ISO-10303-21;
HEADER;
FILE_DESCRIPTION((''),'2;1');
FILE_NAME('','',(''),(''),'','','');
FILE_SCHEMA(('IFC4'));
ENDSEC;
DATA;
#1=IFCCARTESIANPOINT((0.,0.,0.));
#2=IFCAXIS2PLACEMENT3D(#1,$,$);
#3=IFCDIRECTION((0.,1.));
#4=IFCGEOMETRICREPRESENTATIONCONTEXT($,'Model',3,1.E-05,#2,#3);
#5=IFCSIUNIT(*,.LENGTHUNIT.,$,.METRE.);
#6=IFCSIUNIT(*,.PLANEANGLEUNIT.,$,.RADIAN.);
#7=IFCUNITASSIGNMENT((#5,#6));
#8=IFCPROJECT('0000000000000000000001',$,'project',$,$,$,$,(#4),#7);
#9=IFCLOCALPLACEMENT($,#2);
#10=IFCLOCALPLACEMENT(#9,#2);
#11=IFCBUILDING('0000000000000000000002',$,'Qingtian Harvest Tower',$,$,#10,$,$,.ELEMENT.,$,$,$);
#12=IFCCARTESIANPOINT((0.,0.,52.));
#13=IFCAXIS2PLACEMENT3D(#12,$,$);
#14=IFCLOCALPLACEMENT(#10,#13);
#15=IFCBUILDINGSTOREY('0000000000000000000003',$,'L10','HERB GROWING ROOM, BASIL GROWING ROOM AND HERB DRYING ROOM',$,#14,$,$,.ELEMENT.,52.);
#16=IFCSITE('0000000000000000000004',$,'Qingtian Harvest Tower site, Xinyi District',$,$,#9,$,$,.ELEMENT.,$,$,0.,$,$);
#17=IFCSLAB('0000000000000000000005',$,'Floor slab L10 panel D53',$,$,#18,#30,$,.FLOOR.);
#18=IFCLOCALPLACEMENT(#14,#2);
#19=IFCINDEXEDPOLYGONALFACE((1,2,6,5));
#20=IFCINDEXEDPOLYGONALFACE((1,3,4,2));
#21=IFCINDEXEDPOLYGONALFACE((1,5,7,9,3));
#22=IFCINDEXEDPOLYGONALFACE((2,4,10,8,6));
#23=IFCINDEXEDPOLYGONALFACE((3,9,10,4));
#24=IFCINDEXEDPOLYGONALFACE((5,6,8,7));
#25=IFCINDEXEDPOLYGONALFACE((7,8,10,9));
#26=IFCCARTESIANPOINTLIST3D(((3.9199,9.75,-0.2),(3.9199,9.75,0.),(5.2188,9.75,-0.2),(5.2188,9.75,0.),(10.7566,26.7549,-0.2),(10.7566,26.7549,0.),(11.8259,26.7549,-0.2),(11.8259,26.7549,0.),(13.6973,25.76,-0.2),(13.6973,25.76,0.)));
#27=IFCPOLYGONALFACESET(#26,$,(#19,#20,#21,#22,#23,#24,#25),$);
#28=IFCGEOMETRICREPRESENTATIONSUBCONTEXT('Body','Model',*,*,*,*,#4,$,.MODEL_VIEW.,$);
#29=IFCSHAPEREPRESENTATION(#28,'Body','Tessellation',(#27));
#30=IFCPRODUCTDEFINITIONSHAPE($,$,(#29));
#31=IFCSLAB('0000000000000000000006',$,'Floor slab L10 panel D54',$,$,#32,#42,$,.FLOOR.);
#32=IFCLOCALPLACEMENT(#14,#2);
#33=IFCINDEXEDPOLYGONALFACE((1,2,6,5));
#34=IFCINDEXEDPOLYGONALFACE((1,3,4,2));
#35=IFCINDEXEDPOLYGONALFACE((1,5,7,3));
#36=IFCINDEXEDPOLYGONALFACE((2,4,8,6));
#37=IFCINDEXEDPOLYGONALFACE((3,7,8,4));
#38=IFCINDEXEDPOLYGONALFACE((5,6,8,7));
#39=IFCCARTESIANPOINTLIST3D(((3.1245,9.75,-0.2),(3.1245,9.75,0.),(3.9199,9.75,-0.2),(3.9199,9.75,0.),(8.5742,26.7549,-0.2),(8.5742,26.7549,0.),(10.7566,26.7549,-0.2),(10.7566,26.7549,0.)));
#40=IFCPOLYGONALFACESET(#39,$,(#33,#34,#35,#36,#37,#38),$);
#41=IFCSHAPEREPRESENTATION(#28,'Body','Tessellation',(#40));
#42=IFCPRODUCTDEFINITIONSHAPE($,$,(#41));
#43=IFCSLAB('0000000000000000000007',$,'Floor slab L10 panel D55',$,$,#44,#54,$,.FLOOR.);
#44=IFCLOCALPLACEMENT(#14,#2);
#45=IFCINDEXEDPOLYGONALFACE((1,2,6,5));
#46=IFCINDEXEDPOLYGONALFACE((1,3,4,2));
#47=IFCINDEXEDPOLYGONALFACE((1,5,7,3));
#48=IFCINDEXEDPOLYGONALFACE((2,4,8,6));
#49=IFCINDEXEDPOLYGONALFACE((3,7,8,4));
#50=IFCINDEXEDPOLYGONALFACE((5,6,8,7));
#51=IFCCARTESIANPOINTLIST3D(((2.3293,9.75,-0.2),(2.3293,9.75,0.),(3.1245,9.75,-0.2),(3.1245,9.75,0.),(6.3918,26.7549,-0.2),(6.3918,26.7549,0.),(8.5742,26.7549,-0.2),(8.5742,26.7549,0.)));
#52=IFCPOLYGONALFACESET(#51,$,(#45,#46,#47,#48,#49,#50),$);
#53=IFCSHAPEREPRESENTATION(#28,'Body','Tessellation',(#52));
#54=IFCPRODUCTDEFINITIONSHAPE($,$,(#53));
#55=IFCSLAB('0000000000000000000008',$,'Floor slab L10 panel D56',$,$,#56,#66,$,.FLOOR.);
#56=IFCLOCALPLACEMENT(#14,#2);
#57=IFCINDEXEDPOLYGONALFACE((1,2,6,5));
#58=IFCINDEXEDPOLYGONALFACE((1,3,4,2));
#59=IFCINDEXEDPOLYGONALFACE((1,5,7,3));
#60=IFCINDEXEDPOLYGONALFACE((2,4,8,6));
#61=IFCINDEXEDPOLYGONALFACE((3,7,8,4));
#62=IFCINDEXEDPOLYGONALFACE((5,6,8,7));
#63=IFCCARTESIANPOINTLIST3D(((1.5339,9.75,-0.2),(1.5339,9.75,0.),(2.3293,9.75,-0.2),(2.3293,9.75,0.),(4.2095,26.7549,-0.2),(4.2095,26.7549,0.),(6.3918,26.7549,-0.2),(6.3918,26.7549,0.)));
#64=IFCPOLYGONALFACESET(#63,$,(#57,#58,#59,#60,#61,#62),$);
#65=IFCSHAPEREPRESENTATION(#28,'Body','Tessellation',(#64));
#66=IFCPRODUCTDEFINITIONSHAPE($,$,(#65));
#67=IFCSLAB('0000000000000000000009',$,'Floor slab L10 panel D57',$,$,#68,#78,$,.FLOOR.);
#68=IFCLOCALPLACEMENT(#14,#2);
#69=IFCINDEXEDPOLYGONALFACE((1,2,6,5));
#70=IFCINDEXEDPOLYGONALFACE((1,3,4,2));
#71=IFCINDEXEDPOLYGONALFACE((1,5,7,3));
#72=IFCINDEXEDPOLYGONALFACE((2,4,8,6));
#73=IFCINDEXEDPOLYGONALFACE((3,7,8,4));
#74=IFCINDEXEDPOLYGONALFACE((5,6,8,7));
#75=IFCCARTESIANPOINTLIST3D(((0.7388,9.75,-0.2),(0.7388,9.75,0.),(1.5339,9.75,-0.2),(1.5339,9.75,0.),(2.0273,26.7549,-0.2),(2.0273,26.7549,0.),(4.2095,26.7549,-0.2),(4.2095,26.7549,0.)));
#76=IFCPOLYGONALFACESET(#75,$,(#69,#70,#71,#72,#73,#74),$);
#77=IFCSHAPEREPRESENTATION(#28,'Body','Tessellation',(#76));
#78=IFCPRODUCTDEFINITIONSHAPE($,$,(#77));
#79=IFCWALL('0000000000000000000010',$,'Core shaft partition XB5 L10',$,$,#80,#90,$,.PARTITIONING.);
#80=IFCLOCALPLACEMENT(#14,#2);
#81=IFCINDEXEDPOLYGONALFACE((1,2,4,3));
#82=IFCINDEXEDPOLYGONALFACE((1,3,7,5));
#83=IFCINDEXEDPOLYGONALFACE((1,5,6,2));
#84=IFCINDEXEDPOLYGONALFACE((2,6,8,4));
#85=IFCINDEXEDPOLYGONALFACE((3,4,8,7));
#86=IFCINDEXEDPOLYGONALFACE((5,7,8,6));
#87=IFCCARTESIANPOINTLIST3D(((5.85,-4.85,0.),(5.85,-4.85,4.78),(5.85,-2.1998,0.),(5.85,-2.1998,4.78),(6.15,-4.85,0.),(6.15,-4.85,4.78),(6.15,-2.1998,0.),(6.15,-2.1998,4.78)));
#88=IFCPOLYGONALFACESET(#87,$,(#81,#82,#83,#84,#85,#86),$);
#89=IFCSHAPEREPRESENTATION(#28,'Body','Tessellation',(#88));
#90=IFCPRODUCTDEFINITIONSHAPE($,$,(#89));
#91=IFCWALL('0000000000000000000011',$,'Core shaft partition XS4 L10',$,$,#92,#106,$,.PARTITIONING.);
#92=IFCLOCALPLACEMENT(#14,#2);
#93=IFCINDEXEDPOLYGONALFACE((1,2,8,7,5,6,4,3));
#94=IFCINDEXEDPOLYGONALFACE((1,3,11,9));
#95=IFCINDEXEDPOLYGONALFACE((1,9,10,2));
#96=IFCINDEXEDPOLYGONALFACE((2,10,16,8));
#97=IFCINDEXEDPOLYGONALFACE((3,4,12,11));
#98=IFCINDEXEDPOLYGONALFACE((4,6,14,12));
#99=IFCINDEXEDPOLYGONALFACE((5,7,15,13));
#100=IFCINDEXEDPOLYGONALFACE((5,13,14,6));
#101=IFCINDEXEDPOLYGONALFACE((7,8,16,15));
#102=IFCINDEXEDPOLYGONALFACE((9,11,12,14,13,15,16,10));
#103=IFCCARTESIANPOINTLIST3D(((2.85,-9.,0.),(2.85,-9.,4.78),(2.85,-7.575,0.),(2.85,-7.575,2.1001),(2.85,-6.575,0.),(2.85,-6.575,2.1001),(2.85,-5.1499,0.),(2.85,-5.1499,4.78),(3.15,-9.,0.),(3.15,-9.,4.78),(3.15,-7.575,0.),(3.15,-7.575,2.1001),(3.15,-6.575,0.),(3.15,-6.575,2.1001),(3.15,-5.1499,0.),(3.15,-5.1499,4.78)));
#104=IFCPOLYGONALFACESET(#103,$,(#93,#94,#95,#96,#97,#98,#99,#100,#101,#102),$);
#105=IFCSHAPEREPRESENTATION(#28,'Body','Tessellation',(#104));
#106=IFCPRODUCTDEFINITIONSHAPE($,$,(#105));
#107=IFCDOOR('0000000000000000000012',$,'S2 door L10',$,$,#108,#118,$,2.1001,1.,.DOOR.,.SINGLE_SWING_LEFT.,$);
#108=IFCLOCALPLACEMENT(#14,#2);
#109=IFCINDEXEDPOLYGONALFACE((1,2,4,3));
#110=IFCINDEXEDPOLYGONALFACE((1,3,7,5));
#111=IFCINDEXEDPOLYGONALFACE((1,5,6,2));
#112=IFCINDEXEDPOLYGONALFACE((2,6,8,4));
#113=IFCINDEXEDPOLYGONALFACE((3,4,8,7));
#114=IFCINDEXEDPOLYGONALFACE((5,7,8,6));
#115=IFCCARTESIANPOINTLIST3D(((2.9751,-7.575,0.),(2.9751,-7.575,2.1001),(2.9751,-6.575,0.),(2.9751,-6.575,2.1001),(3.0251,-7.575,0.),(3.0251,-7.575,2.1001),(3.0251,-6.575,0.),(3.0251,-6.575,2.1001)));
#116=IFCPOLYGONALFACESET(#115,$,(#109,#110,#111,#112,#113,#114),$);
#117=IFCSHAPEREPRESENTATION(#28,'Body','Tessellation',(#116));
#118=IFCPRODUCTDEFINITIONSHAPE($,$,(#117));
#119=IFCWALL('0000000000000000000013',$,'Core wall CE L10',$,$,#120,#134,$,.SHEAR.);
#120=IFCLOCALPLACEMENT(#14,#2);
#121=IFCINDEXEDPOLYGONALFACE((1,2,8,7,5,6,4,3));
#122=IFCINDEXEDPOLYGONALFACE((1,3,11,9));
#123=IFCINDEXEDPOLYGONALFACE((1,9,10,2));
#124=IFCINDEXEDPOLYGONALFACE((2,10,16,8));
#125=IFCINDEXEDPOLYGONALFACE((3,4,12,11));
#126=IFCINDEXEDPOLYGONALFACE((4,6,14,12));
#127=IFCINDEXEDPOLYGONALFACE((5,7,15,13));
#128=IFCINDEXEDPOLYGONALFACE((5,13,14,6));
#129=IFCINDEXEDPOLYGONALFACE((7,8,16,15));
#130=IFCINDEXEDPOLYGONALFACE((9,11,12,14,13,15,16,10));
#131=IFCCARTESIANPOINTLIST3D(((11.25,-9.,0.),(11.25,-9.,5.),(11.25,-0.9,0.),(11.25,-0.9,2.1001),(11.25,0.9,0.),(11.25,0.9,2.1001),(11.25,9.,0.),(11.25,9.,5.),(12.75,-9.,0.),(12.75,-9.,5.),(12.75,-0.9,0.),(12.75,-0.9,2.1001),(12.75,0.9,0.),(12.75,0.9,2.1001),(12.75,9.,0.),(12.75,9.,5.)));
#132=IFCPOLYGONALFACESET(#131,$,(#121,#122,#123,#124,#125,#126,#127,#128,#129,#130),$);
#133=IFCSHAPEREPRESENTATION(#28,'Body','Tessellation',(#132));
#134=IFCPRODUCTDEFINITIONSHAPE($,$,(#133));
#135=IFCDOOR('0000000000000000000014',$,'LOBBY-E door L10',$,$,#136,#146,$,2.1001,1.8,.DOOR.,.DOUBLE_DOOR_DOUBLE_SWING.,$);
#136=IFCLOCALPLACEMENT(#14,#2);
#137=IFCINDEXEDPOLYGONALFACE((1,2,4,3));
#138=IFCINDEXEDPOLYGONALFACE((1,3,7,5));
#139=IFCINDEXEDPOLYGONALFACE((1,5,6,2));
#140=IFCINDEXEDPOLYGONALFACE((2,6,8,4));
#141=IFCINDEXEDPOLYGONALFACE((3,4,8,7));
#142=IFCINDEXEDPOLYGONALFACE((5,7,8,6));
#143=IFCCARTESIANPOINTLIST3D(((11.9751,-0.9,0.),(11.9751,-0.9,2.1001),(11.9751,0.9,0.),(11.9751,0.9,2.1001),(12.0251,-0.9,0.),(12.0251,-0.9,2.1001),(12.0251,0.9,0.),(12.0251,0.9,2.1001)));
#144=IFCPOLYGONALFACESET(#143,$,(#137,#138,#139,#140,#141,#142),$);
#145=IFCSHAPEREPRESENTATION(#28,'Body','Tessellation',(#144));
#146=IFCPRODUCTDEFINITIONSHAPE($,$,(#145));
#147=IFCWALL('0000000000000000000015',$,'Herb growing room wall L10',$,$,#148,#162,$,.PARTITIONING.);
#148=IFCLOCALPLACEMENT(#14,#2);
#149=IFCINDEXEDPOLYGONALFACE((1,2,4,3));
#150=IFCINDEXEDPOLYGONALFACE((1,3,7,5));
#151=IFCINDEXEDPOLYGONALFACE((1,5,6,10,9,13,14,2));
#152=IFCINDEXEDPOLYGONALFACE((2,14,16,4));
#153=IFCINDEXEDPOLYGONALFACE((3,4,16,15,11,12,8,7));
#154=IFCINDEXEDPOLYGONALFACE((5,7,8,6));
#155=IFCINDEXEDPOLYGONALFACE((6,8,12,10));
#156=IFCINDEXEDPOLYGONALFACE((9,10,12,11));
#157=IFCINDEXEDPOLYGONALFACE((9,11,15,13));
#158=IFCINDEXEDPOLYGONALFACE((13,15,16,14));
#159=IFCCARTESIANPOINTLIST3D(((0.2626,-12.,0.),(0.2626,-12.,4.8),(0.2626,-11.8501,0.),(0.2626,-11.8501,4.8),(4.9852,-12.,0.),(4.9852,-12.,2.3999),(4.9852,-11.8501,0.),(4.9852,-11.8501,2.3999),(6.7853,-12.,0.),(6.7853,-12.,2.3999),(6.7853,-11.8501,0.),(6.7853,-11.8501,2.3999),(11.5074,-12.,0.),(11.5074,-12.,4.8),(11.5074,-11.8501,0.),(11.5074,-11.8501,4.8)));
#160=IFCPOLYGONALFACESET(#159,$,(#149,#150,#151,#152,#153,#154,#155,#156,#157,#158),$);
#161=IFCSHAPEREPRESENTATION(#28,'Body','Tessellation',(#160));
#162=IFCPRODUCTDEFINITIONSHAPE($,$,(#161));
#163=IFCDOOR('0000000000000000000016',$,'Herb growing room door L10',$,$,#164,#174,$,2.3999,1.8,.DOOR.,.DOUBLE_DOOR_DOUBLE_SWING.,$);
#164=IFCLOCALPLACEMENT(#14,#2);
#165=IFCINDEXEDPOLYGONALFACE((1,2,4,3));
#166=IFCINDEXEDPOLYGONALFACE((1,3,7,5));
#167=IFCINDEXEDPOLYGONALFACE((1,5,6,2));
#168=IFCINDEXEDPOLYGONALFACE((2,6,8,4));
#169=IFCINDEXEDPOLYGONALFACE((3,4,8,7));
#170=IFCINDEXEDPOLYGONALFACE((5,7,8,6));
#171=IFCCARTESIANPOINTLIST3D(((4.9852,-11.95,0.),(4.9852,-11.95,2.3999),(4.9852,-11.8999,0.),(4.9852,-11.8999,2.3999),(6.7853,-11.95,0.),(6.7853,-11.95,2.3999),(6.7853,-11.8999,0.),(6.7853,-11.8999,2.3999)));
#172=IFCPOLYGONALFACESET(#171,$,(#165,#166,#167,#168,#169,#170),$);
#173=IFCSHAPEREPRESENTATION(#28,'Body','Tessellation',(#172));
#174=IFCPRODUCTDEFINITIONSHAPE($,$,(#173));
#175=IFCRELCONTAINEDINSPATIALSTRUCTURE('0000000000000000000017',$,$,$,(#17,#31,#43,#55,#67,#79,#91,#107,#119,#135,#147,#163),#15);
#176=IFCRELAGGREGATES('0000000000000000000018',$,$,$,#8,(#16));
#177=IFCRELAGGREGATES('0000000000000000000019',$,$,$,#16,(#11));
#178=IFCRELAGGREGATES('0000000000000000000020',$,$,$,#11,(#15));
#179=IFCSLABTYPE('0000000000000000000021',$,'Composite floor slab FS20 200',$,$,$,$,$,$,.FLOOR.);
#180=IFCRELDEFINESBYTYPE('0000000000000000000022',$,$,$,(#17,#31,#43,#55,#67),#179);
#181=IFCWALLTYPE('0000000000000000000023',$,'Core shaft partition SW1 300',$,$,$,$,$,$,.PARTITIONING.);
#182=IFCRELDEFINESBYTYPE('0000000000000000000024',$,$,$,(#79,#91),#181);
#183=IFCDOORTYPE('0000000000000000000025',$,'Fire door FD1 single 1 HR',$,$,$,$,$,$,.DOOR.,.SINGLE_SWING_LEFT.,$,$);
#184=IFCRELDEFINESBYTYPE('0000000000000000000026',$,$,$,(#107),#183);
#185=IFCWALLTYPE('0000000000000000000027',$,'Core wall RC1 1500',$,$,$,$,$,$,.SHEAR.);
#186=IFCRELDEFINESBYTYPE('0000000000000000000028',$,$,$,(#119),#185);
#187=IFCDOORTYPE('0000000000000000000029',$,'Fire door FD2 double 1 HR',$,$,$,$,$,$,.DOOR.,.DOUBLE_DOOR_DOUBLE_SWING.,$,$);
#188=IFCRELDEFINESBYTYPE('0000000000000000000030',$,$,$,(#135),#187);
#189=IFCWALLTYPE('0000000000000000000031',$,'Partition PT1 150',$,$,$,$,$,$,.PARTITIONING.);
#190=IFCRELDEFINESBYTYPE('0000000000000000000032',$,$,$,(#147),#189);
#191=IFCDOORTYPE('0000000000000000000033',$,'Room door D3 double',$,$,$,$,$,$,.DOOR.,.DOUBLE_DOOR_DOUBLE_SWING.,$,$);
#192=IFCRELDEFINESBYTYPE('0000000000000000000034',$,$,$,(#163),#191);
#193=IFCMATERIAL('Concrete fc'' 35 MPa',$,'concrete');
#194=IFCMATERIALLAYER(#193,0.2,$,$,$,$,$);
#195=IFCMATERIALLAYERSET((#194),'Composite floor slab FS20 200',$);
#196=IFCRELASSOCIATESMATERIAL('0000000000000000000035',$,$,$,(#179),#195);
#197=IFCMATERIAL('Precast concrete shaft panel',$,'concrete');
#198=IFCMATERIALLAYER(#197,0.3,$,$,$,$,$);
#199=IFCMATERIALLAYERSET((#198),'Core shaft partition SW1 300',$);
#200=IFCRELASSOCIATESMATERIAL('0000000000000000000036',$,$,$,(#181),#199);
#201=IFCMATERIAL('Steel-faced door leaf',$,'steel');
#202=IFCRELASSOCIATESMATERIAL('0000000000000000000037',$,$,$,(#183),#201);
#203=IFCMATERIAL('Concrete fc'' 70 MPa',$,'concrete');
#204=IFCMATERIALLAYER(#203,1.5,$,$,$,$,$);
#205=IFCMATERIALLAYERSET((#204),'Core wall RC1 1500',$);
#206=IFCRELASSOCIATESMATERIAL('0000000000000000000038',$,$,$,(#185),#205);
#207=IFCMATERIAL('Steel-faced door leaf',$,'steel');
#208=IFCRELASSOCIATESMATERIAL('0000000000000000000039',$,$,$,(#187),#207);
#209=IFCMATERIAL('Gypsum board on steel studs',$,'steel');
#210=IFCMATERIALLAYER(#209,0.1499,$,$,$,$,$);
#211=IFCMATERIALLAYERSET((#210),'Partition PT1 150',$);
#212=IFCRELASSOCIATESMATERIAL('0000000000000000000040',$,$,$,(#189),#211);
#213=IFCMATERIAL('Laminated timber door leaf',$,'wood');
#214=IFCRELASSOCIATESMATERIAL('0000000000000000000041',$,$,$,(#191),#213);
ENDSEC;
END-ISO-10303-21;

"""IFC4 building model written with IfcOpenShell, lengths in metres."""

from ifc_helpers import new_model, si_unit, direction, frame, frame_2d, origin, place, context, subcontext, project, spatial, polyline, rectangle, outline, extrude, material, layer, layer_set, type_object, element, fill, save


model = new_model("IFC4")

# Units and contexts
model_context = context("Model", 3, precision=1e-05, world=origin(), true_north=direction((0.0, 1.0)))
body_context = subcontext(model_context, "Body", "Model", "MODEL_VIEW")
ifc_project = project(units=[si_unit("LENGTHUNIT", "METRE"), si_unit("PLANEANGLEUNIT", "RADIAN")], contexts=[model_context])

# Site, building, storey
site_placement = place(None, origin())
site = spatial("IfcSite", under=ifc_project, at=site_placement, Name="Qingtian Harvest Tower site, Xinyi District", CompositionType="ELEMENT", RefElevation=0.0)
building_placement = place(site_placement, origin())
building = spatial("IfcBuilding", under=site, at=building_placement, Name="Qingtian Harvest Tower", CompositionType="ELEMENT")
storey_placement = place(building_placement, frame((0.0, 0.0, 52.0)))
storey = spatial("IfcBuildingStorey", under=building, at=storey_placement, Name="L10", Description="HERB GROWING ROOM, BASIL GROWING ROOM AND HERB DRYING ROOM", CompositionType="ELEMENT", Elevation=52.0)

# Slabs
ifc_material_1 = material(Name="Concrete fc' 35 MPa", Category="concrete")
ifc_layer_1 = layer(ifc_material_1, 0.2)
ifc_layer_set_1 = layer_set([ifc_layer_1], Name="Composite floor slab FS20 200")
slab_type = type_object("IfcSlabType", Name="Composite floor slab FS20 200", PredefinedType="FLOOR", material=ifc_layer_set_1)
slab_1_placement = place(storey_placement, frame((0.0, 0.0, -0.2)))
element("IfcSlab", 1, at=slab_1_placement, inside=storey, type_object=slab_type, Name="Floor slab L10 panel D53", PredefinedType="FLOOR", context=body_context, shape_type="SweptSolid", body=[
    extrude(outline(polyline([(3.9199, 9.75), (10.7566, 26.7549), (11.8259, 26.7549), (13.6973, 25.76), (5.2188, 9.75), (3.9199, 9.75)])), origin(), (0.0, 0.0, 1.0), 0.2),
])
slab_2_placement = place(storey_placement, frame((0.0, 0.0, -0.2)))
element("IfcSlab", 2, at=slab_2_placement, inside=storey, type_object=slab_type, Name="Floor slab L10 panel D54", PredefinedType="FLOOR", context=body_context, shape_type="SweptSolid", body=[
    extrude(outline(polyline([(3.1245, 9.75), (8.5742, 26.7549), (10.7566, 26.7549), (3.9199, 9.75), (3.1245, 9.75)])), origin(), (0.0, 0.0, 1.0), 0.2),
])
slab_3_placement = place(storey_placement, frame((0.0, 0.0, -0.2)))
element("IfcSlab", 3, at=slab_3_placement, inside=storey, type_object=slab_type, Name="Floor slab L10 panel D55", PredefinedType="FLOOR", context=body_context, shape_type="SweptSolid", body=[
    extrude(outline(polyline([(2.3293, 9.75), (6.3918, 26.7549), (8.5742, 26.7549), (3.1245, 9.75), (2.3293, 9.75)])), origin(), (0.0, 0.0, 1.0), 0.2),
])
slab_4_placement = place(storey_placement, frame((0.0, 0.0, -0.2)))
element("IfcSlab", 4, at=slab_4_placement, inside=storey, type_object=slab_type, Name="Floor slab L10 panel D56", PredefinedType="FLOOR", context=body_context, shape_type="SweptSolid", body=[
    extrude(outline(polyline([(1.5339, 9.75), (4.2095, 26.7549), (6.3918, 26.7549), (2.3293, 9.75), (1.5339, 9.75)])), origin(), (0.0, 0.0, 1.0), 0.2),
])
slab_5_placement = place(storey_placement, frame((0.0, 0.0, -0.2)))
element("IfcSlab", 5, at=slab_5_placement, inside=storey, type_object=slab_type, Name="Floor slab L10 panel D57", PredefinedType="FLOOR", context=body_context, shape_type="SweptSolid", body=[
    extrude(outline(polyline([(0.7388, 9.75), (2.0273, 26.7549), (4.2095, 26.7549), (1.5339, 9.75), (0.7388, 9.75)])), origin(), (0.0, 0.0, 1.0), 0.2),
])

# Wall
ifc_material_2 = material(Name="Precast concrete shaft panel", Category="concrete")
ifc_layer_2 = layer(ifc_material_2, 0.3)
ifc_layer_set_2 = layer_set([ifc_layer_2], Name="Core shaft partition SW1 300")
wall_type_1 = type_object("IfcWallType", Name="Core shaft partition SW1 300", PredefinedType="PARTITIONING", material=ifc_layer_set_2)
wall_1_placement = place(storey_placement, frame((6.0, -4.8501, 0.0), z_axis=(0.0, 0.0, 1.0), x_axis=(0.0, 1.0, 0.0)))
element("IfcWall", 6, at=wall_1_placement, inside=storey, type_object=wall_type_1, Name="Core shaft partition XB5 L10", PredefinedType="PARTITIONING", context=body_context, shape_type="SweptSolid", body=[
    extrude(rectangle(XDim=2.6501, YDim=0.3, at=frame_2d((1.3252, 0.0))), origin(), (0.0, 0.0, 1.0), 4.78),
])

# Walls, openings, doors
wall_2_placement = place(storey_placement, frame((3.0, -9.0, 0.0), z_axis=(0.0, 0.0, 1.0), x_axis=(0.0, 1.0, 0.0)))
wall_2 = element("IfcWall", 7, at=wall_2_placement, inside=storey, type_object=wall_type_1, Name="Core shaft partition XS4 L10", PredefinedType="PARTITIONING", context=body_context, shape_type="SweptSolid", body=[
    extrude(rectangle(XDim=3.8501, YDim=0.3, at=frame_2d((1.925, 0.0))), origin(), (0.0, 0.0, 1.0), 4.78),
])
opening_1_placement = place(wall_2_placement, frame((1.425, 0.0, 0.0)))
opening_1 = element("IfcOpeningElement", 8, at=opening_1_placement, cuts=wall_2, PredefinedType="OPENING", context=body_context, shape_type="SweptSolid", body=[
    extrude(rectangle(XDim=1.0, YDim=2.1001, at=frame_2d((0.5, 1.05))), frame((0.0, 0.1599, 0.0), z_axis=(0.0, -1.0, 0.0), x_axis=(1.0, 0.0, 0.0)), (0.0, 0.0, 1.0), 0.3201),
])
ifc_material_3 = material(Name="Steel-faced door leaf", Category="steel")
door_type_1 = type_object("IfcDoorType", Name="Fire door FD1 single 1 HR", OperationType="SINGLE_SWING_LEFT", PredefinedType="DOOR", material=ifc_material_3)
door_1_placement = place(opening_1_placement, origin())
door_1 = element("IfcDoor", 9, at=door_1_placement, inside=storey, type_object=door_type_1, Name="S2 door L10", OperationType="SINGLE_SWING_LEFT", OverallHeight=2.1001, OverallWidth=1.0, PredefinedType="DOOR", context=body_context, shape_type="SweptSolid", body=[
    extrude(rectangle(XDim=1.0, YDim=2.1001, at=frame_2d((0.5, 1.05))), frame((0.0, 0.0249, 0.0), z_axis=(0.0, -1.0, 0.0), x_axis=(1.0, 0.0, 0.0)), (0.0, 0.0, 1.0), 0.05),
])
fill(opening_1, door_1)
ifc_material_4 = material(Name="Concrete fc' 70 MPa", Category="concrete")
ifc_layer_3 = layer(ifc_material_4, 1.5)
ifc_layer_set_3 = layer_set([ifc_layer_3], Name="Core wall RC1 1500")
wall_type_2 = type_object("IfcWallType", Name="Core wall RC1 1500", PredefinedType="SHEAR", material=ifc_layer_set_3)
wall_3_placement = place(storey_placement, frame((12.0, -9.0, 0.0), z_axis=(0.0, 0.0, 1.0), x_axis=(0.0, 1.0, 0.0)))
wall_3 = element("IfcWall", 10, at=wall_3_placement, inside=storey, type_object=wall_type_2, Name="Core wall CE L10", PredefinedType="SHEAR", context=body_context, shape_type="SweptSolid", body=[
    extrude(rectangle(XDim=18.0, YDim=1.5, at=frame_2d((9.0, 0.0))), origin(), (0.0, 0.0, 1.0), 5.0),
])
opening_2_placement = place(wall_3_placement, frame((8.1001, 0.0, 0.0)))
opening_2 = element("IfcOpeningElement", 11, at=opening_2_placement, cuts=wall_3, PredefinedType="OPENING", context=body_context, shape_type="SweptSolid", body=[
    extrude(rectangle(XDim=1.8, YDim=2.1001, at=frame_2d((0.8999, 1.05))), frame((0.0, 0.76, 0.0), z_axis=(0.0, -1.0, 0.0), x_axis=(1.0, 0.0, 0.0)), (0.0, 0.0, 1.0), 1.52),
])
ifc_material_5 = material(Name="Steel-faced door leaf", Category="steel")
door_type_2 = type_object("IfcDoorType", Name="Fire door FD2 double 1 HR", OperationType="DOUBLE_DOOR_DOUBLE_SWING", PredefinedType="DOOR", material=ifc_material_5)
door_2_placement = place(opening_2_placement, origin())
door_2 = element("IfcDoor", 12, at=door_2_placement, inside=storey, type_object=door_type_2, Name="LOBBY-E door L10", OperationType="DOUBLE_DOOR_DOUBLE_SWING", OverallHeight=2.1001, OverallWidth=1.8, PredefinedType="DOOR", context=body_context, shape_type="SweptSolid", body=[
    extrude(rectangle(XDim=1.8, YDim=2.1001, at=frame_2d((0.8999, 1.05))), frame((0.0, 0.0249, 0.0), z_axis=(0.0, -1.0, 0.0), x_axis=(1.0, 0.0, 0.0)), (0.0, 0.0, 1.0), 0.05),
])
fill(opening_2, door_2)
ifc_material_6 = material(Name="Gypsum board on steel studs", Category="steel")
ifc_layer_4 = layer(ifc_material_6, 0.1499)
ifc_layer_set_4 = layer_set([ifc_layer_4], Name="Partition PT1 150")
wall_type_3 = type_object("IfcWallType", Name="Partition PT1 150", PredefinedType="PARTITIONING", material=ifc_layer_set_4)
wall_4_placement = place(storey_placement, frame((11.5076, -11.925, 0.0), z_axis=(0.0, 0.0, 1.0), x_axis=(-1.0, 0.0, 0.0)))
wall_4 = element("IfcWall", 13, at=wall_4_placement, inside=storey, type_object=wall_type_3, Name="Herb growing room wall L10", PredefinedType="PARTITIONING", context=body_context, shape_type="SweptSolid", body=[
    extrude(rectangle(XDim=11.2449, YDim=0.1499, at=frame_2d((5.6226, 0.0))), origin(), (0.0, 0.0, 1.0), 4.8),
])
opening_3_placement = place(wall_4_placement, frame((4.7224, 0.0, 0.0)))
opening_3 = element("IfcOpeningElement", 14, at=opening_3_placement, cuts=wall_4, PredefinedType="OPENING", context=body_context, shape_type="SweptSolid", body=[
    extrude(rectangle(XDim=1.8, YDim=2.3999, at=frame_2d((0.8999, 1.2))), frame((0.0, 0.085, 0.0), z_axis=(0.0, -1.0, 0.0), x_axis=(1.0, 0.0, 0.0)), (0.0, 0.0, 1.0), 0.1699),
])
ifc_material_7 = material(Name="Laminated timber door leaf", Category="wood")
door_type_3 = type_object("IfcDoorType", Name="Room door D3 double", OperationType="DOUBLE_DOOR_DOUBLE_SWING", PredefinedType="DOOR", material=ifc_material_7)
door_3_placement = place(opening_3_placement, origin())
door_3 = element("IfcDoor", 15, at=door_3_placement, inside=storey, type_object=door_type_3, Name="Herb growing room door L10", OperationType="DOUBLE_DOOR_DOUBLE_SWING", OverallHeight=2.3999, OverallWidth=1.8, PredefinedType="DOOR", context=body_context, shape_type="SweptSolid", body=[
    extrude(rectangle(XDim=1.8, YDim=2.3999, at=frame_2d((0.8999, 1.2))), frame((0.0, 0.0249, 0.0), z_axis=(0.0, -1.0, 0.0), x_axis=(1.0, 0.0, 0.0)), (0.0, 0.0, 1.0), 0.05),
])
fill(opening_3, door_3)

save(model, "model.ifc")
